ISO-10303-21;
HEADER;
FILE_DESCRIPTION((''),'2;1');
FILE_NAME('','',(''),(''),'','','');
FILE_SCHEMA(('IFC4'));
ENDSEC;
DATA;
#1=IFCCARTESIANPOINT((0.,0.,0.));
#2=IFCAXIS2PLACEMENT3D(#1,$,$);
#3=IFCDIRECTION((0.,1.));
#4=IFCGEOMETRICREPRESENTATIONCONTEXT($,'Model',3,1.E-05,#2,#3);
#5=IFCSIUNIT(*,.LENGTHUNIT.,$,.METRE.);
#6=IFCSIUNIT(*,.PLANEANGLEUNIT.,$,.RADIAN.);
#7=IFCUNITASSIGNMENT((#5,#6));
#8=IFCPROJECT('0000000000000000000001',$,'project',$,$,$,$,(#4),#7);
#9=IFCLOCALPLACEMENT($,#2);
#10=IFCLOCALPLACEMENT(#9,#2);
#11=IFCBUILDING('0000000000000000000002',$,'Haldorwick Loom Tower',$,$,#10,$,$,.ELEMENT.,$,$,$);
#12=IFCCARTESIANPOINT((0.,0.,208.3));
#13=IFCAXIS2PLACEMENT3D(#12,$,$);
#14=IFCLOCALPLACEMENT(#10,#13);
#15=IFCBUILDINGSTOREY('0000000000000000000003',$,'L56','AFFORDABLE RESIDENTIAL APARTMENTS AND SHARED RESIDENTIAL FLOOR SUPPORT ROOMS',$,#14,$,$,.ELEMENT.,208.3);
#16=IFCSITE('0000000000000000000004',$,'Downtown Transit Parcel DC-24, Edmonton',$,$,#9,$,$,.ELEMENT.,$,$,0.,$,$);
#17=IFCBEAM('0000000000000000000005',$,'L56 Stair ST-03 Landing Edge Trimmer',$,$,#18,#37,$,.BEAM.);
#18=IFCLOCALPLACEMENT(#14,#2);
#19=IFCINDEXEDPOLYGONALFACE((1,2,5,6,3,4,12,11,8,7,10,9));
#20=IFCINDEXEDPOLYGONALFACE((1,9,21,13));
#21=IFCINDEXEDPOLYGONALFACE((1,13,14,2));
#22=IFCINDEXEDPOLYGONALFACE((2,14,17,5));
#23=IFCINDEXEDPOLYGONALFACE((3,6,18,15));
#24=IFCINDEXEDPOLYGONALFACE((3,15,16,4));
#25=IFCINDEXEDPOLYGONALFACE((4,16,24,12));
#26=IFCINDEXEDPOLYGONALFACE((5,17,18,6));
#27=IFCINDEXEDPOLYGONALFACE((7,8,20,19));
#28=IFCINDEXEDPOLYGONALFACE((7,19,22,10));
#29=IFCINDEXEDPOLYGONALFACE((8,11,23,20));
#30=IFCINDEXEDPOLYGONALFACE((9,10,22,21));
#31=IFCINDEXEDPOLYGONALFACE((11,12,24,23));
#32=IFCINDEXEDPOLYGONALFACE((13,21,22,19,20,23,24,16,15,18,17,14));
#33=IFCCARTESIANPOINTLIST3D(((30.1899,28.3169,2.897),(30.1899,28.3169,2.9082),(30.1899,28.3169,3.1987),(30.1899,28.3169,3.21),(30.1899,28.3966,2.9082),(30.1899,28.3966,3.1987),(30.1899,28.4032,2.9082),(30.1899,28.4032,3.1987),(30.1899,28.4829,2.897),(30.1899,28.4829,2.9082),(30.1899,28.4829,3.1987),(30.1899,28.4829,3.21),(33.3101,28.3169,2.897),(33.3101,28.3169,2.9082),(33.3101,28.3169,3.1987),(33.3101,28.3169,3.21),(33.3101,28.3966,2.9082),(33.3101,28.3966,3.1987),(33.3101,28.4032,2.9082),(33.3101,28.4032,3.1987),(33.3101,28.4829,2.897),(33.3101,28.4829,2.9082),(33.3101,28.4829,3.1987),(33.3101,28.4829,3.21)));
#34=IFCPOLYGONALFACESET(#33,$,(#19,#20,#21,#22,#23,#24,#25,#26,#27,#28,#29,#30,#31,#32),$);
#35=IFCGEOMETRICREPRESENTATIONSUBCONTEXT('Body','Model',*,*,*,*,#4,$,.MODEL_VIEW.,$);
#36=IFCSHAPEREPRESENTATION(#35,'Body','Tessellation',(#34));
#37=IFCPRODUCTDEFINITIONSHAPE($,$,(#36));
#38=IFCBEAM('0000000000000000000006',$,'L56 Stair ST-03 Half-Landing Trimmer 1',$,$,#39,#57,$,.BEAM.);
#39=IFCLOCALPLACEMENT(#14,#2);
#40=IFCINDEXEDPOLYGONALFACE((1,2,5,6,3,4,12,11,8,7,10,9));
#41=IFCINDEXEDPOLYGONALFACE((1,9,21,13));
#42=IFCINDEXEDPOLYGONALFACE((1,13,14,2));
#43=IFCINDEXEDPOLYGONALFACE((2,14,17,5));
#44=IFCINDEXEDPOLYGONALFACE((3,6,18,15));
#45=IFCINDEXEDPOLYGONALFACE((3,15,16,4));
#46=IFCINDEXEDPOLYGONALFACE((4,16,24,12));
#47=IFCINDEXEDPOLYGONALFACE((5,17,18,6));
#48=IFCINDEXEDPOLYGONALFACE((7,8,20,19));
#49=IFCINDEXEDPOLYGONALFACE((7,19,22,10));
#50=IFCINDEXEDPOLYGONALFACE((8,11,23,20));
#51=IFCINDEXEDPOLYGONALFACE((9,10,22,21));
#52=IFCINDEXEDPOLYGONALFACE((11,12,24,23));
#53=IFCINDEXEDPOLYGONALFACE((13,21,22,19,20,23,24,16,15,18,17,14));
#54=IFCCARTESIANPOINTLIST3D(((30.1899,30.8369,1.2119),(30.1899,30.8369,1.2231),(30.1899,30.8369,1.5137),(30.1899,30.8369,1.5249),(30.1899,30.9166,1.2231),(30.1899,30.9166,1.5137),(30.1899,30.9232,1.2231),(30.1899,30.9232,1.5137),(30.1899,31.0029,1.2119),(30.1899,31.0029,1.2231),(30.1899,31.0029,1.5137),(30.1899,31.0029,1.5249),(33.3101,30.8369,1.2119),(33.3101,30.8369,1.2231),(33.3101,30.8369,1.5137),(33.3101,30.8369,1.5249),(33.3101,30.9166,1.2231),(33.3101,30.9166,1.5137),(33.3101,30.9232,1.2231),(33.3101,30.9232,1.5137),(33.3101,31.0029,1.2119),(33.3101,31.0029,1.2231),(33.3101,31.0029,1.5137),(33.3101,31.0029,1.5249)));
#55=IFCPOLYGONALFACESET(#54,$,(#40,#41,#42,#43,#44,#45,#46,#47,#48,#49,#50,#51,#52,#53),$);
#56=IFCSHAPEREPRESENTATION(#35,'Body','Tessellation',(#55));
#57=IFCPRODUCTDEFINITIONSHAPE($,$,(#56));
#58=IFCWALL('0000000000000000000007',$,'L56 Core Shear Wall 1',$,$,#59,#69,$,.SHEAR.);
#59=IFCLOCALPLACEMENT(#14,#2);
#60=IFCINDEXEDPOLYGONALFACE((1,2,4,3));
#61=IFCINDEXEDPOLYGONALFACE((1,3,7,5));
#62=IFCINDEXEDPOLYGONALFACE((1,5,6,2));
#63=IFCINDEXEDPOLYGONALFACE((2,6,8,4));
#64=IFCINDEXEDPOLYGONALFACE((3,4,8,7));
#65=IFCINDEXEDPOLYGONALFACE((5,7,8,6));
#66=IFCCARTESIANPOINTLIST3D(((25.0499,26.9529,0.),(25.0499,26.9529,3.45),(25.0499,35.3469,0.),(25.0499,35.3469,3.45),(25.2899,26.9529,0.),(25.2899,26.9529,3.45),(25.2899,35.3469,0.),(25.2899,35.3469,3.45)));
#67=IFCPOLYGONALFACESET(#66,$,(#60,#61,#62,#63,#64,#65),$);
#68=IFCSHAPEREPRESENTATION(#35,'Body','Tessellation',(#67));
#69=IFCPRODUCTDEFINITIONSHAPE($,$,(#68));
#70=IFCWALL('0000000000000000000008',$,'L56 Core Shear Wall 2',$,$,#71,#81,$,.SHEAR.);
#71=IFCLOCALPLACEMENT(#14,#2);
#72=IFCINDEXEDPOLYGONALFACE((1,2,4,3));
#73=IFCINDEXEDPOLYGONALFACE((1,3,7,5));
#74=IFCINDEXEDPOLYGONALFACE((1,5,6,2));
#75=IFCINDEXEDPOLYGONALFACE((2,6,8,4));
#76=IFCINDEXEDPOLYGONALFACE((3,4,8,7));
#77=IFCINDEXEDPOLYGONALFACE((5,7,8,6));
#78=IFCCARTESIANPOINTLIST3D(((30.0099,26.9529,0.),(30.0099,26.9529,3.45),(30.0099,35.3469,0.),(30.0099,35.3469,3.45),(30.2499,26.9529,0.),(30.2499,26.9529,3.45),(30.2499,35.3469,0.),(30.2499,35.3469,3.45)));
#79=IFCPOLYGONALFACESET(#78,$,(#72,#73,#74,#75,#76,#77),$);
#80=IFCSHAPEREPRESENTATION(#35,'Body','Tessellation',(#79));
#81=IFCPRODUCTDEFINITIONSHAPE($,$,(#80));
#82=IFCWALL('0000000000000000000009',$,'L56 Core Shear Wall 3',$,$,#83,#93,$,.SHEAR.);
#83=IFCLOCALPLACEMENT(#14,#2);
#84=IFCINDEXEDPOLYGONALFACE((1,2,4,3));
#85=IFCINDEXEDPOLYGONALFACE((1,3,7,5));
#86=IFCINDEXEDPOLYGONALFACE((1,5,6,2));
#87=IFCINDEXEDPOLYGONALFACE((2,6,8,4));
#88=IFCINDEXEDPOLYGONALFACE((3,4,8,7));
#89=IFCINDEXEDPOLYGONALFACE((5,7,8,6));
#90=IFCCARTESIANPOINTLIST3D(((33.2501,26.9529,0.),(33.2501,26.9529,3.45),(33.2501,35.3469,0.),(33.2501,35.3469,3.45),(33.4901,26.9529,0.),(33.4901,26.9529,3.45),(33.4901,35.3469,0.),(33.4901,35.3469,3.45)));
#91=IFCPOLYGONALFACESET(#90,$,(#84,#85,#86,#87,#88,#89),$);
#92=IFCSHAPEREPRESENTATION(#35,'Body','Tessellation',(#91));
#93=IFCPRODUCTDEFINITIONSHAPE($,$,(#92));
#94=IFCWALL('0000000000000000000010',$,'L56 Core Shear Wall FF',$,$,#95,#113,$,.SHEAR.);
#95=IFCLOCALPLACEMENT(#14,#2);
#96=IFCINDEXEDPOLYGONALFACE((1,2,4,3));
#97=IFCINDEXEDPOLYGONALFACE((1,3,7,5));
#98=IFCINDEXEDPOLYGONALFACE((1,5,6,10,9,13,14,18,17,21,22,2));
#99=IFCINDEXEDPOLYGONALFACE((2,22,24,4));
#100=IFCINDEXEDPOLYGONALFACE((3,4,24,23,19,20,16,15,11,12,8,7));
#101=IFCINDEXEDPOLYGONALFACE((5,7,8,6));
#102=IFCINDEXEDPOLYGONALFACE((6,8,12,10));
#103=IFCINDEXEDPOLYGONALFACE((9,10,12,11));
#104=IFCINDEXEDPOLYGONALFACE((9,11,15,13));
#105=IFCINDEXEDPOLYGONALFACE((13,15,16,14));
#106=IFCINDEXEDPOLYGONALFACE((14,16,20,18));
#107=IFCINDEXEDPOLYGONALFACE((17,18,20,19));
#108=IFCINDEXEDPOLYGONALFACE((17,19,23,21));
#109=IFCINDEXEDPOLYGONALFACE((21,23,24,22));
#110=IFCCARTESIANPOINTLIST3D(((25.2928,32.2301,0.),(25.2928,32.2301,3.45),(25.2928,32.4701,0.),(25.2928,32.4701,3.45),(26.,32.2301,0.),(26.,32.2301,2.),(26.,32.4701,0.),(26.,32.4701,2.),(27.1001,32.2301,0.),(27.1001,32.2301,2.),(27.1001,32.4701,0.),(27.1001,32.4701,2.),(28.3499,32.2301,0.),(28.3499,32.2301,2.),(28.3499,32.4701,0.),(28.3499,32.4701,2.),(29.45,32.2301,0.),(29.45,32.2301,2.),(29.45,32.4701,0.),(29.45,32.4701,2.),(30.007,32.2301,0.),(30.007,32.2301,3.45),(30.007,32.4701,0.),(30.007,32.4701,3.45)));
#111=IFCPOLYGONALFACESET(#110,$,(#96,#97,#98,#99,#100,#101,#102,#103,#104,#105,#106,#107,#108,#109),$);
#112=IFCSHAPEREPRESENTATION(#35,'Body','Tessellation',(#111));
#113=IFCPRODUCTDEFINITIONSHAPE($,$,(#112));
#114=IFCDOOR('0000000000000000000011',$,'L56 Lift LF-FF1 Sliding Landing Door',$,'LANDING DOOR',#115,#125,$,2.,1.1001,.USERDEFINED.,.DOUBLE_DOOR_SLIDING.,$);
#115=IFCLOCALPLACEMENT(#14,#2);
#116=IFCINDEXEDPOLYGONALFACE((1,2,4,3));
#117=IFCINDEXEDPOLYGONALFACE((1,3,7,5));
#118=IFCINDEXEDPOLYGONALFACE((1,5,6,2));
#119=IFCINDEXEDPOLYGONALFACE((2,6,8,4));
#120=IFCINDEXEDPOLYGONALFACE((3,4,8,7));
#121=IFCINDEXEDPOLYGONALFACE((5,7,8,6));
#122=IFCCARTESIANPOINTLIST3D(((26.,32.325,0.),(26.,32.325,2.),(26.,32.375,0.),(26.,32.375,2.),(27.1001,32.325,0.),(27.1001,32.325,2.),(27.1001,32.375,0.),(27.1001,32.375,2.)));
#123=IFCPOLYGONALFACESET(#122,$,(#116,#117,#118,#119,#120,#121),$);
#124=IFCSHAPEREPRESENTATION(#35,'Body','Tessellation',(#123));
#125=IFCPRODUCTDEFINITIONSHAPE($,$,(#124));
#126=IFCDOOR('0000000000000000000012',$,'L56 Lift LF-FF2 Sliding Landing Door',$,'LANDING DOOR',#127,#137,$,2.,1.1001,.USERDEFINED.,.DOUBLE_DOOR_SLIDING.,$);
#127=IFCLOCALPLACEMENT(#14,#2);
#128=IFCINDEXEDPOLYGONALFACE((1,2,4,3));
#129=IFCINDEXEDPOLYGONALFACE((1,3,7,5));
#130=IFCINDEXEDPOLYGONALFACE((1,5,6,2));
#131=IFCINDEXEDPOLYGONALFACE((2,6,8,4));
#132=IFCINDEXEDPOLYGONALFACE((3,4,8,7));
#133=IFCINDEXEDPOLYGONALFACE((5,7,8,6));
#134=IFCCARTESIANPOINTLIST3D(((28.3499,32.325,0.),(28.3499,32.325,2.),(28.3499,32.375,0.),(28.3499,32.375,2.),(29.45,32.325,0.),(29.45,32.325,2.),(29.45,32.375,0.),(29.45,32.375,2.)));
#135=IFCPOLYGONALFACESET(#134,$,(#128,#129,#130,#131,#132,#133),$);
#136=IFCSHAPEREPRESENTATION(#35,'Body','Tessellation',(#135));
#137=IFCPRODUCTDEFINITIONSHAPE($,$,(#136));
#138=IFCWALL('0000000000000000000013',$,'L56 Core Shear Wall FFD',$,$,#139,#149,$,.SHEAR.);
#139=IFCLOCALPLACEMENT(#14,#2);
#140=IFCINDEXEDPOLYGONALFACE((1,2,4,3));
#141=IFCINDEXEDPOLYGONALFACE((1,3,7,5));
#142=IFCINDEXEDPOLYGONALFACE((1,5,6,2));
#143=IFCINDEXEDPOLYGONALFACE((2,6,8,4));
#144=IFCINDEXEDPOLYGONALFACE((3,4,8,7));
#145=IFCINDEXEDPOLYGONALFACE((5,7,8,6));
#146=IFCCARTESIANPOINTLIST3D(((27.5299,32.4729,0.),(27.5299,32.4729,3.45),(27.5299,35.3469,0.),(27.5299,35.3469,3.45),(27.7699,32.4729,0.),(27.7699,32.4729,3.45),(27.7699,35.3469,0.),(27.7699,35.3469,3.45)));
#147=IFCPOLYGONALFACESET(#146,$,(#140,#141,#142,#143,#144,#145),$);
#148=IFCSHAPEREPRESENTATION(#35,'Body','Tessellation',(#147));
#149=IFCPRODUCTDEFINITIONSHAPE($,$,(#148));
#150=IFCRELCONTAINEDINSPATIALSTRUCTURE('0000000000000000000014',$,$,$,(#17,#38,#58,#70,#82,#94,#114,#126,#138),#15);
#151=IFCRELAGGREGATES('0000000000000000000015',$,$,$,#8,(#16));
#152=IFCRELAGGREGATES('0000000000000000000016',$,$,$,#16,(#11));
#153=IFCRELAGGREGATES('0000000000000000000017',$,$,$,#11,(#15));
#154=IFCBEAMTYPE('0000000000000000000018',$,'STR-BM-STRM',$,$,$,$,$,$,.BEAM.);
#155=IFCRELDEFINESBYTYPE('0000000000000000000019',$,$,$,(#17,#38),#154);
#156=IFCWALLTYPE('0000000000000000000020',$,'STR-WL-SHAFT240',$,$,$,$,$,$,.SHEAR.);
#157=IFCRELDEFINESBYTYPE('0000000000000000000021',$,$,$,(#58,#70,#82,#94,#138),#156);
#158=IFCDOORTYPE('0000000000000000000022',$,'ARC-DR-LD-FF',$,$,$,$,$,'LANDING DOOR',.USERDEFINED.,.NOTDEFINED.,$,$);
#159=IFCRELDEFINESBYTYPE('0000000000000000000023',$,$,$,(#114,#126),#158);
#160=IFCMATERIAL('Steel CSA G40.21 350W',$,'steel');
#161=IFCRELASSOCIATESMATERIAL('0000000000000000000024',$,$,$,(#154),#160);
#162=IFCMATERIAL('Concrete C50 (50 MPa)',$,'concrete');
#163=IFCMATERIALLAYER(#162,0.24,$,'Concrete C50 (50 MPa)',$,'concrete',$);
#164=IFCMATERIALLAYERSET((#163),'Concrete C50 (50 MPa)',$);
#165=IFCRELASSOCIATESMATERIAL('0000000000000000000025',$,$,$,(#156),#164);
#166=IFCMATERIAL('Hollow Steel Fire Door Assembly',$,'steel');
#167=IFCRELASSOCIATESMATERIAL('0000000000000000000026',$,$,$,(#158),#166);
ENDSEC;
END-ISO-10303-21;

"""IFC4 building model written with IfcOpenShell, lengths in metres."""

from ifc_helpers import new_model, si_unit, direction, frame, frame_2d, origin, origin_2d, place, context, subcontext, project, spatial, rectangle, i_section, extrude, material, layer, layer_set, material_profile, profile_set, type_object, element, fill, save


model = new_model("IFC4")

# Units and contexts
model_context = context("Model", 3, precision=1e-05, world=origin(), true_north=direction((0.0, 1.0)))
body_context = subcontext(model_context, "Body", "Model", "MODEL_VIEW")
ifc_project = project(units=[si_unit("LENGTHUNIT", "METRE"), si_unit("PLANEANGLEUNIT", "RADIAN")], contexts=[model_context])

# Site, building, storey
site_placement = place(None, origin())
site = spatial("IfcSite", under=ifc_project, at=site_placement, Name="Downtown Transit Parcel DC-24, Edmonton", CompositionType="ELEMENT", RefElevation=0.0)
building_placement = place(site_placement, origin())
building = spatial("IfcBuilding", under=site, at=building_placement, Name="Haldorwick Loom Tower", CompositionType="ELEMENT")
storey_placement = place(building_placement, frame((0.0, 0.0, 208.3)))
storey = spatial("IfcBuildingStorey", under=building, at=storey_placement, Name="L56", Description="AFFORDABLE RESIDENTIAL APARTMENTS AND SHARED RESIDENTIAL FLOOR SUPPORT ROOMS", CompositionType="ELEMENT", Elevation=208.3)

# Beams
ifc_material_1 = material(Name="Steel CSA G40.21 350W", Category="steel")
ifc_material_profile = material_profile(ifc_material_1, i_section(OverallWidth=0.166, OverallDepth=0.313, WebThickness=0.0066, FlangeThickness=0.0112, at=origin_2d()), Name="W310X45", Category="steel")
ifc_profile_set = profile_set([ifc_material_profile], Name="Steel CSA G40.21 350W")
beam_type = type_object("IfcBeamType", Name="STR-BM-STRM", PredefinedType="BEAM", material=ifc_profile_set)
for number, where, z_axis, x_axis, name in (
    (1, (30.1899, 28.3999, 3.0535), (1.0, 0.0, 0.0), (0.0, 1.0, 0.0), "L56 Stair ST-03 Landing Edge Trimmer"),
    (2, (30.1899, 30.9199, 1.3684), (1.0, 0.0, 0.0), (0.0, 1.0, 0.0), "L56 Stair ST-03 Half-Landing Trimmer 1"),
):
    element("IfcBeam", number, at=place(storey_placement, frame(where, z_axis=z_axis, x_axis=x_axis)), inside=storey, type_object=beam_type, Name=name, PredefinedType="BEAM", context=body_context, shape_type="SweptSolid", body=[
        extrude(i_section(OverallWidth=0.166, OverallDepth=0.313, WebThickness=0.0066, FlangeThickness=0.0112, at=origin_2d()), origin(), (0.0, 0.0, 1.0), 3.1201),
    ])

# Walls
ifc_material_2 = material(Name="Concrete C50 (50 MPa)", Category="concrete")
ifc_layer = layer(ifc_material_2, 0.24, Name="Concrete C50 (50 MPa)", Category="concrete")
ifc_layer_set = layer_set([ifc_layer], Name="Concrete C50 (50 MPa)")
wall_type = type_object("IfcWallType", Name="STR-WL-SHAFT240", PredefinedType="SHEAR", material=ifc_layer_set)
for number, where, z_axis, x_axis, name in (
    (3, (25.1699, 26.9529, 0.0), (0.0, 0.0, 1.0), (0.0, 1.0, 0.0), "L56 Core Shear Wall 1"),
    (4, (30.1299, 26.9529, 0.0), (0.0, 0.0, 1.0), (0.0, 1.0, 0.0), "L56 Core Shear Wall 2"),
    (5, (33.3701, 26.9529, 0.0), (0.0, 0.0, 1.0), (0.0, 1.0, 0.0), "L56 Core Shear Wall 3"),
):
    element("IfcWall", number, at=place(storey_placement, frame(where, z_axis=z_axis, x_axis=x_axis)), inside=storey, type_object=wall_type, Name=name, PredefinedType="SHEAR", context=body_context, shape_type="SweptSolid", body=[
        extrude(rectangle(XDim=8.394, YDim=0.24, at=frame_2d((4.197, 0.0))), origin(), (0.0, 0.0, 1.0), 3.45),
    ])

# Wall, openings, doors
wall_1_placement = place(storey_placement, frame((25.293, 32.3501, 0.0), z_axis=(0.0, 0.0, 1.0), x_axis=(1.0, 0.0, 0.0)))
wall_1 = element("IfcWall", 6, at=wall_1_placement, inside=storey, type_object=wall_type, Name="L56 Core Shear Wall FF", PredefinedType="SHEAR", context=body_context, shape_type="SweptSolid", body=[
    extrude(rectangle(XDim=4.7141, YDim=0.24, at=frame_2d((2.3569, 0.0))), origin(), (0.0, 0.0, 1.0), 3.45),
])
opening_1_placement = place(wall_1_placement, frame((0.707, 0.0, 0.0)))
opening_1 = element("IfcOpeningElement", 7, at=opening_1_placement, cuts=wall_1, PredefinedType="OPENING", context=body_context, shape_type="SweptSolid", body=[
    extrude(rectangle(XDim=1.1001, YDim=2.0, at=frame_2d((0.55, 1.0))), frame((0.0, 0.1299, 0.0), z_axis=(0.0, -1.0, 0.0), x_axis=(1.0, 0.0, 0.0)), (0.0, 0.0, 1.0), 0.26),
])
opening_2_placement = place(wall_1_placement, frame((3.0569, 0.0, 0.0)))
opening_2 = element("IfcOpeningElement", 8, at=opening_2_placement, cuts=wall_1, PredefinedType="OPENING", context=body_context, shape_type="SweptSolid", body=[
    extrude(rectangle(XDim=1.1001, YDim=2.0, at=frame_2d((0.55, 1.0))), frame((0.0, 0.1299, 0.0), z_axis=(0.0, -1.0, 0.0), x_axis=(1.0, 0.0, 0.0)), (0.0, 0.0, 1.0), 0.26),
])
ifc_material_3 = material(Name="Hollow Steel Fire Door Assembly", Category="steel")
door_type_1 = type_object("IfcDoorType", Name="ARC-DR-LD-FF", ElementType="LANDING DOOR", OperationType="NOTDEFINED", PredefinedType="USERDEFINED", material=ifc_material_3)
door_1_placement = place(opening_1_placement, origin())
door_1 = element("IfcDoor", 9, at=door_1_placement, inside=storey, type_object=door_type_1, Name="L56 Lift LF-FF1 Sliding Landing Door", ObjectType="LANDING DOOR", OperationType="DOUBLE_DOOR_SLIDING", OverallHeight=2.0, OverallWidth=1.1001, PredefinedType="USERDEFINED", context=body_context, shape_type="SweptSolid", body=[
    extrude(rectangle(XDim=1.1001, YDim=2.0, at=frame_2d((0.55, 1.0))), frame((0.0, 0.0249, 0.0), z_axis=(0.0, -1.0, 0.0), x_axis=(1.0, 0.0, 0.0)), (0.0, 0.0, 1.0), 0.05),
])
fill(opening_1, door_1)
door_2_placement = place(opening_2_placement, origin())
door_2 = element("IfcDoor", 10, at=door_2_placement, inside=storey, type_object=door_type_1, Name="L56 Lift LF-FF2 Sliding Landing Door", ObjectType="LANDING DOOR", OperationType="DOUBLE_DOOR_SLIDING", OverallHeight=2.0, OverallWidth=1.1001, PredefinedType="USERDEFINED", context=body_context, shape_type="SweptSolid", body=[
    extrude(rectangle(XDim=1.1001, YDim=2.0, at=frame_2d((0.55, 1.0))), frame((0.0, 0.0249, 0.0), z_axis=(0.0, -1.0, 0.0), x_axis=(1.0, 0.0, 0.0)), (0.0, 0.0, 1.0), 0.05),
])
fill(opening_2, door_2)

# Wall
wall_2_placement = place(storey_placement, frame((27.6499, 32.4729, 0.0), z_axis=(0.0, 0.0, 1.0), x_axis=(0.0, 1.0, 0.0)))
element("IfcWall", 11, at=wall_2_placement, inside=storey, type_object=wall_type, Name="L56 Core Shear Wall FFD", PredefinedType="SHEAR", context=body_context, shape_type="SweptSolid", body=[
    extrude(rectangle(XDim=2.874, YDim=0.24, at=frame_2d((1.437, 0.0))), origin(), (0.0, 0.0, 1.0), 3.45),
])

save(model, "model.ifc")
